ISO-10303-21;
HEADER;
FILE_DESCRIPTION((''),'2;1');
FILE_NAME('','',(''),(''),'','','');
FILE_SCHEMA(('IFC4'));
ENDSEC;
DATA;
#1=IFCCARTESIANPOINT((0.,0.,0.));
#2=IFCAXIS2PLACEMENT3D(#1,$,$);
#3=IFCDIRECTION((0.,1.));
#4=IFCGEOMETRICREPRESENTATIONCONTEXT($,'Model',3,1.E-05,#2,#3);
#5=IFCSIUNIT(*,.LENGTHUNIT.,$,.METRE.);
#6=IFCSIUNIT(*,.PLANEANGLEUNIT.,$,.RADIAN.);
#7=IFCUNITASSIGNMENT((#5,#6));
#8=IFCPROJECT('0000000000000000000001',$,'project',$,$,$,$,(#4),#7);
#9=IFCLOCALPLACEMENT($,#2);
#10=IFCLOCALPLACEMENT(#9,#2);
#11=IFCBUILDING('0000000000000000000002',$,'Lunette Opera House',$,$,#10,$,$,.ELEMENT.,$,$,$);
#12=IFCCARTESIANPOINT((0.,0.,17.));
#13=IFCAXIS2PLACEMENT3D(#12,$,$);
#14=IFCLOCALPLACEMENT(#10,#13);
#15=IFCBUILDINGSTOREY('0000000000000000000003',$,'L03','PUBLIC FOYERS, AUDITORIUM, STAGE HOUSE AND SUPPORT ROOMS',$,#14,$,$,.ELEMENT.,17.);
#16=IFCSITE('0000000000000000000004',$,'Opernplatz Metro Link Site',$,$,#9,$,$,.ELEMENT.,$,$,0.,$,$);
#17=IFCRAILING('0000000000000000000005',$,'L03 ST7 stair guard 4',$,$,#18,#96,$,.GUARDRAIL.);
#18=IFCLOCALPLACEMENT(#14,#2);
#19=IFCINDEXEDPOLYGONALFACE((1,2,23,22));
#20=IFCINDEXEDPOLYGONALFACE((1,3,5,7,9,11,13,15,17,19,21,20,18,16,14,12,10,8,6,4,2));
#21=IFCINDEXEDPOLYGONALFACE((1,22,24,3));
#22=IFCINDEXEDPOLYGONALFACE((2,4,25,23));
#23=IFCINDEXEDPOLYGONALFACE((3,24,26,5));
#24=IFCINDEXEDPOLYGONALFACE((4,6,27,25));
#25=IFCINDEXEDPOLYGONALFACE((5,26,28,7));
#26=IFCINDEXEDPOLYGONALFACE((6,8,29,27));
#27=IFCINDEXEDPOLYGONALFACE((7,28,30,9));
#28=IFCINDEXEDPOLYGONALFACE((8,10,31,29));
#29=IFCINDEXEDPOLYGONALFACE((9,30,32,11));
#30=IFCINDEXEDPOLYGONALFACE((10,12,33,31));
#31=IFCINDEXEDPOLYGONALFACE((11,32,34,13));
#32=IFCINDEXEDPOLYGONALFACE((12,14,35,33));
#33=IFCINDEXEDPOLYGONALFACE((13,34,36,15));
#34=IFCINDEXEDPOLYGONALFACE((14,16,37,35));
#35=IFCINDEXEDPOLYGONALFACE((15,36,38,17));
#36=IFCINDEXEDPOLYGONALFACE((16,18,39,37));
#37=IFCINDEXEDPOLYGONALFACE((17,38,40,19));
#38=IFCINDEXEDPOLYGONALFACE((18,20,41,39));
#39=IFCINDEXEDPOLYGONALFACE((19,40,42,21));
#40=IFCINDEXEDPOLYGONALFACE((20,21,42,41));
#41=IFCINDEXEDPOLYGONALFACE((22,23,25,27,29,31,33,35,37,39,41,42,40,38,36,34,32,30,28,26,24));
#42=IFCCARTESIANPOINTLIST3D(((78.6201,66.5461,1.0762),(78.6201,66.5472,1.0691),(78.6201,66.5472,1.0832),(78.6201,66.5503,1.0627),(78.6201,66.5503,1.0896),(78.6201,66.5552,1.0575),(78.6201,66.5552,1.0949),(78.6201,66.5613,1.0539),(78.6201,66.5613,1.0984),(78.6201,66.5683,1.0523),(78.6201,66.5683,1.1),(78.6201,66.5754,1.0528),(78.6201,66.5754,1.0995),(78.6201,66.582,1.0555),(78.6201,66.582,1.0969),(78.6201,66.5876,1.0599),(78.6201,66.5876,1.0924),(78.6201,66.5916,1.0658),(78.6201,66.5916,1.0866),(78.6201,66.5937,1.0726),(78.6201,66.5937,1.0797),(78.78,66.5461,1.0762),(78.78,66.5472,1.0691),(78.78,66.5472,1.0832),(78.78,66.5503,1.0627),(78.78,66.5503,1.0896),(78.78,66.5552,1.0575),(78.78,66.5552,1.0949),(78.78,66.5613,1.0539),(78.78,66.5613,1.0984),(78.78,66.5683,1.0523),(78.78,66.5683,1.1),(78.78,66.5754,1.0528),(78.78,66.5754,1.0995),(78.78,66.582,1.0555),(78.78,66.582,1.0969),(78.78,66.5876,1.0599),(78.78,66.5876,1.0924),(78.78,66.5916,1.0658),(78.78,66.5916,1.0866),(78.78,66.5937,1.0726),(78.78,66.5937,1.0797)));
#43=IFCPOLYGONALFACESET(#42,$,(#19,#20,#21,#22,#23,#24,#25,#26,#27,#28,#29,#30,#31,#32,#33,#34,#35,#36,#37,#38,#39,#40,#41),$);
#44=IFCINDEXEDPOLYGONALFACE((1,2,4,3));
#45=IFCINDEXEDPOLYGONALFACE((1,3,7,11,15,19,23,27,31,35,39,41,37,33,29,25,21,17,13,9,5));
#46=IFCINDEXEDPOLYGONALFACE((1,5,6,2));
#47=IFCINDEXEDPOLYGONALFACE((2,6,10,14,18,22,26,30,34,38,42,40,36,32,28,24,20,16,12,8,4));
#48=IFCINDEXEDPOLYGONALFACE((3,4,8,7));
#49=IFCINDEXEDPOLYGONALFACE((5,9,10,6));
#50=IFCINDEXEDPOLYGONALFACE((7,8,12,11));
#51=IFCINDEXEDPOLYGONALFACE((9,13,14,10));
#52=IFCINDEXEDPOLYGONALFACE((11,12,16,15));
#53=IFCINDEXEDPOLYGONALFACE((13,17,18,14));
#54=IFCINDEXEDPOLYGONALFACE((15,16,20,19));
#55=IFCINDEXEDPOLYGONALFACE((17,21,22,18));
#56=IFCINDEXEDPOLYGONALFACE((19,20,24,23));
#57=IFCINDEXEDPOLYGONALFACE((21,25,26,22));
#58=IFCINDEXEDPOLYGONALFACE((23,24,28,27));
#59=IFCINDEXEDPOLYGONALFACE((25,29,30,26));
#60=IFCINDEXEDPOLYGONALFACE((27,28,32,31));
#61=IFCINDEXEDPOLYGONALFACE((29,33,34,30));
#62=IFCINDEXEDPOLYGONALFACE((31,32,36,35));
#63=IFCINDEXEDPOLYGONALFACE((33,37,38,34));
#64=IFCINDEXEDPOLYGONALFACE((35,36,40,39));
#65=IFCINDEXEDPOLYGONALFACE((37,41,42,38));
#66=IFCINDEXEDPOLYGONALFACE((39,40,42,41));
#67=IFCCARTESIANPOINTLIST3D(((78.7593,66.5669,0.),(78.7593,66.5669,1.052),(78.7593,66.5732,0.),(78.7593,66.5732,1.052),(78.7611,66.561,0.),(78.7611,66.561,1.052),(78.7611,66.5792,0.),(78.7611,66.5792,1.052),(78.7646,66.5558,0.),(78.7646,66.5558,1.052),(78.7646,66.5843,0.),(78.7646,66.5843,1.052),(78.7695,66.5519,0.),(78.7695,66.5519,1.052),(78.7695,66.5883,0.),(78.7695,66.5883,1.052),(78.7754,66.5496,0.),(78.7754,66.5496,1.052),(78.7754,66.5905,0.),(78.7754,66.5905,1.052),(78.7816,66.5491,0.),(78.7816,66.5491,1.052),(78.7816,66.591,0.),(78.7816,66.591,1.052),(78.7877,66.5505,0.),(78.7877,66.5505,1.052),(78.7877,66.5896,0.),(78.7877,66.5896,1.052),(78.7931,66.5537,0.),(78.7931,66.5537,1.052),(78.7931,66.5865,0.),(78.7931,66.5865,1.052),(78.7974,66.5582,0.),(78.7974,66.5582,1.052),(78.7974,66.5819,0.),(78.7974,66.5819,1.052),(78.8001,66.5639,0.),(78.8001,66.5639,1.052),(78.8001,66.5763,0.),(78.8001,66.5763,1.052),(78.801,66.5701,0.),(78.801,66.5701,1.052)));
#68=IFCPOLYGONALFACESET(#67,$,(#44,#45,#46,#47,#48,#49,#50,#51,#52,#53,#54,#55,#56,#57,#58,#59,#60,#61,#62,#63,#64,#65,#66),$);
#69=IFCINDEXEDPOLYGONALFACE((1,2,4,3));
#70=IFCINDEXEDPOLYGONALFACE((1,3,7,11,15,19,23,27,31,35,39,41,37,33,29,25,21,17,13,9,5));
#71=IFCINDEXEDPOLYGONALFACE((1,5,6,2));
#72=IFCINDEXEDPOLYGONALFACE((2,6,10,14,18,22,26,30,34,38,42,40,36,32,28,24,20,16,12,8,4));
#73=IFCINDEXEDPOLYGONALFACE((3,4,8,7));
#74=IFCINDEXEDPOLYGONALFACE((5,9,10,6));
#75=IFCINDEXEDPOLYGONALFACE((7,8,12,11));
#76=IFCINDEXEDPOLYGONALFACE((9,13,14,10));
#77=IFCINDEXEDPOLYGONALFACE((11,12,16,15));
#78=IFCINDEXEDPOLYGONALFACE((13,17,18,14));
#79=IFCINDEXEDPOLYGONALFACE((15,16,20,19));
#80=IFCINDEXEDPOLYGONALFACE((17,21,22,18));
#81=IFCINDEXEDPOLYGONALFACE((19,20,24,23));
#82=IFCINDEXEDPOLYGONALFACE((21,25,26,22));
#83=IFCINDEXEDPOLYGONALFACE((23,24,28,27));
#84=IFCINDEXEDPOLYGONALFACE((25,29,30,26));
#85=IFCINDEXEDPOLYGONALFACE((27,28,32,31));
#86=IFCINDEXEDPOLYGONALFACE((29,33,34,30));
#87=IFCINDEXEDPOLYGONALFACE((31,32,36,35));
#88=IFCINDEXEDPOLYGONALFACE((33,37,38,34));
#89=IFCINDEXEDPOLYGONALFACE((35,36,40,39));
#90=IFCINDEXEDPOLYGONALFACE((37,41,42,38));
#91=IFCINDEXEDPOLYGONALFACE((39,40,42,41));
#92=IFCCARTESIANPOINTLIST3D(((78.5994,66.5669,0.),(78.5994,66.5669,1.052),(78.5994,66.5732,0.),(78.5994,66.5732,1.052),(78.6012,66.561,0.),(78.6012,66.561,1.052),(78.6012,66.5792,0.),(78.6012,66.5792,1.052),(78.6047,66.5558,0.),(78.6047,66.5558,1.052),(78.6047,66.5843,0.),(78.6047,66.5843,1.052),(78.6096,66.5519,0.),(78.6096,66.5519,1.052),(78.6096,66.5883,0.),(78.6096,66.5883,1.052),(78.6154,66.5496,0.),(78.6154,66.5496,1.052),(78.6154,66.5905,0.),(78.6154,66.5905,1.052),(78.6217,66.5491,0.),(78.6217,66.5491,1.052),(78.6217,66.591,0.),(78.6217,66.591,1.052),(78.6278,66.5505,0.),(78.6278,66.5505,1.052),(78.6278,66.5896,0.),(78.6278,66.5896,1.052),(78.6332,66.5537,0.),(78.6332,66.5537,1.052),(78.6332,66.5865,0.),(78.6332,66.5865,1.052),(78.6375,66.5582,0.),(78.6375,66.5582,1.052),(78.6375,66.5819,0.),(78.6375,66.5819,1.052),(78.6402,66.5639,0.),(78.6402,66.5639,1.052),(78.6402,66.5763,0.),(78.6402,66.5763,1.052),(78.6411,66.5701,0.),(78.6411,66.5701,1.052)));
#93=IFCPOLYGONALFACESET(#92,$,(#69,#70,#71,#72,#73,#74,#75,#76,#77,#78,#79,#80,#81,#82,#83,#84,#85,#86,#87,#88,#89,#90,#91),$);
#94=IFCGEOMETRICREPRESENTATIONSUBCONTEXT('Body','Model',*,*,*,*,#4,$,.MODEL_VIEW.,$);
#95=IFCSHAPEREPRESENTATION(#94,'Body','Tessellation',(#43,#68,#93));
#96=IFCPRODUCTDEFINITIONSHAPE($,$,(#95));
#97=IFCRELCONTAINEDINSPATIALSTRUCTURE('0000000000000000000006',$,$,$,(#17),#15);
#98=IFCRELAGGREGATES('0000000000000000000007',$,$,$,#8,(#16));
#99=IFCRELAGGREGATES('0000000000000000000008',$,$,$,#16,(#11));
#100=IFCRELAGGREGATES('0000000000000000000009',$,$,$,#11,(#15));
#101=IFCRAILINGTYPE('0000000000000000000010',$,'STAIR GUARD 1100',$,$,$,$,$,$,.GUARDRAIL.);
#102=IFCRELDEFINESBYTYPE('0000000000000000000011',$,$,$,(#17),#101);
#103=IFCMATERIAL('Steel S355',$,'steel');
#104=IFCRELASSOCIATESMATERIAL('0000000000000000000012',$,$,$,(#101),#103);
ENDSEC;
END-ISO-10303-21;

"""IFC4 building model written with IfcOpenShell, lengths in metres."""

from ifc_helpers import new_model, si_unit, direction, frame, origin, origin_2d, place, context, subcontext, project, spatial, circle, extrude, material, type_object, element, save


model = new_model("IFC4")

# Units and contexts
model_context = context("Model", 3, precision=1e-05, world=origin(), true_north=direction((0.0, 1.0)))
body_context = subcontext(model_context, "Body", "Model", "MODEL_VIEW")
ifc_project = project(units=[si_unit("LENGTHUNIT", "METRE"), si_unit("PLANEANGLEUNIT", "RADIAN")], contexts=[model_context])

# Site, building, storey
site_placement = place(None, origin())
site = spatial("IfcSite", under=ifc_project, at=site_placement, Name="Opernplatz Metro Link Site", CompositionType="ELEMENT", RefElevation=0.0)
building_placement = place(site_placement, origin())
building = spatial("IfcBuilding", under=site, at=building_placement, Name="Lunette Opera House", CompositionType="ELEMENT")
storey_placement = place(building_placement, frame((0.0, 0.0, 17.0)))
storey = spatial("IfcBuildingStorey", under=building, at=storey_placement, Name="L03", Description="PUBLIC FOYERS, AUDITORIUM, STAGE HOUSE AND SUPPORT ROOMS", CompositionType="ELEMENT", Elevation=17.0)

# Railing
ifc_material_1 = material(Name="Steel S355", Category="steel")
railing_type = type_object("IfcRailingType", Name="STAIR GUARD 1100", PredefinedType="GUARDRAIL", material=ifc_material_1)
railing_1_placement = place(storey_placement, frame((78.78, 66.5701, 0.0)))
element("IfcRailing", 1, at=railing_1_placement, inside=storey, type_object=railing_type, Name="L03 ST7 stair guard 4", PredefinedType="GUARDRAIL", context=body_context, shape_type="SweptSolid", body=[
    extrude(circle(Radius=0.0239, at=origin_2d()), frame((0.0, 0.0, 1.0762), z_axis=(-1.0, 0.0, 0.0), x_axis=(0.0, -1.0, 0.0)), (0.0, 0.0, 1.0), 0.1599),
    extrude(circle(Radius=0.021, at=origin_2d()), origin(), (0.0, 0.0, 1.0), 1.052),
    extrude(circle(Radius=0.021, at=origin_2d()), frame((-0.1599, 0.0, 0.0)), (0.0, 0.0, 1.0), 1.052),
])

save(model, "model.ifc")
